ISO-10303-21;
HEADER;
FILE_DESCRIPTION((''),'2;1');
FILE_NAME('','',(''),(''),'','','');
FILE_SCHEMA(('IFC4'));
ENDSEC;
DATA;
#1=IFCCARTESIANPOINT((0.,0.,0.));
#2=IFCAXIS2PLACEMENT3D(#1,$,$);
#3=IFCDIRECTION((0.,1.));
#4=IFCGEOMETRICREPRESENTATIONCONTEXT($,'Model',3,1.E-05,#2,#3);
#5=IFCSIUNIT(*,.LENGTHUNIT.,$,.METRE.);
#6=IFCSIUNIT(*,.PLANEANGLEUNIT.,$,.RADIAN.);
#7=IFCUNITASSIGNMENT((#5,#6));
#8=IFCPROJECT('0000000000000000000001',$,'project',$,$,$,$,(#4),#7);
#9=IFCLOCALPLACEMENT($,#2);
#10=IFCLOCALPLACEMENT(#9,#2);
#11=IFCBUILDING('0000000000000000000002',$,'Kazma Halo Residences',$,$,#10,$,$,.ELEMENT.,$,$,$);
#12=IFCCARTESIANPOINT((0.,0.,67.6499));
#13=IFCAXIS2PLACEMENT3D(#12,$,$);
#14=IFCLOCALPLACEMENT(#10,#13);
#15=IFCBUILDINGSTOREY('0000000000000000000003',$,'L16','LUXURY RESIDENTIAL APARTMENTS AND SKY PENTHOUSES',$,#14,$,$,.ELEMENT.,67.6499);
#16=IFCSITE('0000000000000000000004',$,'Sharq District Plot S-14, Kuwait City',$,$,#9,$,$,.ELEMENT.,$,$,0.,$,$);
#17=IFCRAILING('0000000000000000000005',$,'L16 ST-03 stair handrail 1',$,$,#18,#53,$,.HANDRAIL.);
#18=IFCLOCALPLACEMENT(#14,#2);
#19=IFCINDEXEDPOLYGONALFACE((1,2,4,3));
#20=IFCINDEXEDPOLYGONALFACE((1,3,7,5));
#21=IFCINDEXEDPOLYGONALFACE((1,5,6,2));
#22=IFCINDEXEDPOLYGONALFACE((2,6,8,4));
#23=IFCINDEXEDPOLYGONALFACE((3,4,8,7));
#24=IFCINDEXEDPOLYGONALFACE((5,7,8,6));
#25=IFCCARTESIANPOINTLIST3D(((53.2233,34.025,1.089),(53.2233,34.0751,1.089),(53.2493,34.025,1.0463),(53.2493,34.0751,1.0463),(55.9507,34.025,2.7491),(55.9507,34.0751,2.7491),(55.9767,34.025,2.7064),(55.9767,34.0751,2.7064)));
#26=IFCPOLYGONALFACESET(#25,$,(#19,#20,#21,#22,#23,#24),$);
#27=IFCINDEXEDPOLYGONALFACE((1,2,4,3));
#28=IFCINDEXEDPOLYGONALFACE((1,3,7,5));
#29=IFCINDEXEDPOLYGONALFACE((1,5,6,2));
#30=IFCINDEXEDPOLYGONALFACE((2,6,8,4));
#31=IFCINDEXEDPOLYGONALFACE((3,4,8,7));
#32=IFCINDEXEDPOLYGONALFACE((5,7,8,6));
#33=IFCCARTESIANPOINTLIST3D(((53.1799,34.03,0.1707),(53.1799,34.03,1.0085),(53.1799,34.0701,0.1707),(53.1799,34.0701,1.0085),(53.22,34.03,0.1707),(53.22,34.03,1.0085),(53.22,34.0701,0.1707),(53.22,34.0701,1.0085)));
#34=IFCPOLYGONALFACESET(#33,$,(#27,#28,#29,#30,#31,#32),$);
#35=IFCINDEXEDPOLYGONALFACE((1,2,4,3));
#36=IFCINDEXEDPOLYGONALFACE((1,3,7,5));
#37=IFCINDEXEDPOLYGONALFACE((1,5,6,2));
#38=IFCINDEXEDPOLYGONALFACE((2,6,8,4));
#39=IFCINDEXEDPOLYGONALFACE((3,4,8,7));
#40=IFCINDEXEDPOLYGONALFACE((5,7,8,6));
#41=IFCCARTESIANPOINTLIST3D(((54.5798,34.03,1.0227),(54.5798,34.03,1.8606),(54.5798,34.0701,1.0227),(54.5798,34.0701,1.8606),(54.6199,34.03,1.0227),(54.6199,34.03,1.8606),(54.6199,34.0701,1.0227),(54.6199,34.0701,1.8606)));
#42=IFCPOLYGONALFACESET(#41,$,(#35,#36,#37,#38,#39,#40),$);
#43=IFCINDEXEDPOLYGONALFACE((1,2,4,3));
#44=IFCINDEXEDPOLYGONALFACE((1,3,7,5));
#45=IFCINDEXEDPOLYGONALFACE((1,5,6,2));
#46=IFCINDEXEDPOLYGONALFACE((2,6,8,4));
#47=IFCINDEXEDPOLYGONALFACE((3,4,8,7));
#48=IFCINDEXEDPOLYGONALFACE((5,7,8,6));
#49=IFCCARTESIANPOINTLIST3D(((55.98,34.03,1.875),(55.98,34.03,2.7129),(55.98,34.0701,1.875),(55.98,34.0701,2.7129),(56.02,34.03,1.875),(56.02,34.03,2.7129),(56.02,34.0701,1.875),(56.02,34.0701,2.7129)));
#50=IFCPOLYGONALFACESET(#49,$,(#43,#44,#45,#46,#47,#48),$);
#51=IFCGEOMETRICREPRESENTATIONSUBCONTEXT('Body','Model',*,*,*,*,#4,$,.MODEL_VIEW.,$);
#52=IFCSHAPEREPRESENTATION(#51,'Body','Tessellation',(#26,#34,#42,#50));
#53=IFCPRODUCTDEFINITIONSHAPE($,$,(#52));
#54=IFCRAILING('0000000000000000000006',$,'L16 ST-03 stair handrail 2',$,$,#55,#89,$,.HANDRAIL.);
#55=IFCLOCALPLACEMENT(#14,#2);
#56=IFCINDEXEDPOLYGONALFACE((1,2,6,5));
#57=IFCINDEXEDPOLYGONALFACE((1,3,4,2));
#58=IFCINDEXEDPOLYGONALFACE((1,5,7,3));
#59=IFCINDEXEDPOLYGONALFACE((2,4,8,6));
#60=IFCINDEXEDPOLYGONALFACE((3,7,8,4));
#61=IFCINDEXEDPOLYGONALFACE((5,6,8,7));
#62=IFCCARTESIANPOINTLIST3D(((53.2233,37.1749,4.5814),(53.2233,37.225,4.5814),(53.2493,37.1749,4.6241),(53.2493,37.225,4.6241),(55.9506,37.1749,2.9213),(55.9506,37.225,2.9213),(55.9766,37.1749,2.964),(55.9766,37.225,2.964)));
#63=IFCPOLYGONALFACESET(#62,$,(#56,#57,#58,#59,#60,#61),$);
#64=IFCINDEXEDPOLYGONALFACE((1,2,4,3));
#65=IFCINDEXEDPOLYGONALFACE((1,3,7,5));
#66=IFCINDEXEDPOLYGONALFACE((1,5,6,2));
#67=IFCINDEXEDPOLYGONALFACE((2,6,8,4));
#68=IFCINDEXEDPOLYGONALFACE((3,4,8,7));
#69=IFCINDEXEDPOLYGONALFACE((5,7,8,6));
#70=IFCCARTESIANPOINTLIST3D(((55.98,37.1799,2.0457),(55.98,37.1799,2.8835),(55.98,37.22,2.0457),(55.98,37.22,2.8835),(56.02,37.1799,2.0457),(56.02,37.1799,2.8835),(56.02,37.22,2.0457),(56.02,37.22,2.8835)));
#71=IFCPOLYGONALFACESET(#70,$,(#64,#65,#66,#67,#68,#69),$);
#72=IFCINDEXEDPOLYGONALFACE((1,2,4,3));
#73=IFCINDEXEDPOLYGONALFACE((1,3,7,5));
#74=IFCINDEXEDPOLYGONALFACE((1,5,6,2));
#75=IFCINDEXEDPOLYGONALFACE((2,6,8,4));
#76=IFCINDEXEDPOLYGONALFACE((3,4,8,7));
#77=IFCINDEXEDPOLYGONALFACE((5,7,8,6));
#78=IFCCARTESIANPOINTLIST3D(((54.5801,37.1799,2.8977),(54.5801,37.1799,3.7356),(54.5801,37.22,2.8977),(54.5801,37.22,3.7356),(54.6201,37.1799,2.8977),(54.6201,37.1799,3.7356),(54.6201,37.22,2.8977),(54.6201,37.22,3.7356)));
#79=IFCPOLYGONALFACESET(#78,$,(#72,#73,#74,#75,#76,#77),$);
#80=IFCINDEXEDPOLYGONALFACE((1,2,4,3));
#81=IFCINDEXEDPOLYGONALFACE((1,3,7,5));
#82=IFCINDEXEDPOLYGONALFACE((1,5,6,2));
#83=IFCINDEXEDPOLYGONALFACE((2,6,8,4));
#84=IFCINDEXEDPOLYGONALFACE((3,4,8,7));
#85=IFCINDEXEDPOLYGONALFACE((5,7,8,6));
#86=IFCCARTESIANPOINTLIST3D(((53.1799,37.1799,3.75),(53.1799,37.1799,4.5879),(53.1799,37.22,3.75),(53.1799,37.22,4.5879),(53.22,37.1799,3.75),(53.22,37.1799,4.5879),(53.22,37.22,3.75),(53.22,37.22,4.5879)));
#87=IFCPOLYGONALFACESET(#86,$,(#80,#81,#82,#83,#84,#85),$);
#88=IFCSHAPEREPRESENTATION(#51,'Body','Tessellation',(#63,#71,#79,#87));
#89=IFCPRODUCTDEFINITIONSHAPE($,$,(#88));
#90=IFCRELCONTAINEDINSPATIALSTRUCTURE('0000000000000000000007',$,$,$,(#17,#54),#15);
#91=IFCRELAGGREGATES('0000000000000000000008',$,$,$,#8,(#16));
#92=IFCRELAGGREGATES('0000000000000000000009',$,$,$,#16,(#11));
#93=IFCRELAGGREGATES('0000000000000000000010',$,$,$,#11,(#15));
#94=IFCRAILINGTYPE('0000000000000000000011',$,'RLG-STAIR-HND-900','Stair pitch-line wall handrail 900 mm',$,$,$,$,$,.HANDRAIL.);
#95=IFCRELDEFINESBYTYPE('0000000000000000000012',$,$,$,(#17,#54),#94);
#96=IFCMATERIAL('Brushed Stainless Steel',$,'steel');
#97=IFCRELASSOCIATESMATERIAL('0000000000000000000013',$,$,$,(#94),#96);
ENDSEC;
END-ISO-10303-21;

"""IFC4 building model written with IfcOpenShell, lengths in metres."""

from ifc_helpers import new_model, si_unit, direction, frame, origin, origin_2d, place, context, subcontext, project, spatial, rectangle, extrude, material, type_object, element, save


model = new_model("IFC4")

# Units and contexts
model_context = context("Model", 3, precision=1e-05, world=origin(), true_north=direction((0.0, 1.0)))
body_context = subcontext(model_context, "Body", "Model", "MODEL_VIEW")
ifc_project = project(units=[si_unit("LENGTHUNIT", "METRE"), si_unit("PLANEANGLEUNIT", "RADIAN")], contexts=[model_context])

# Site, building, storey
site_placement = place(None, origin())
site = spatial("IfcSite", under=ifc_project, at=site_placement, Name="Sharq District Plot S-14, Kuwait City", CompositionType="ELEMENT", RefElevation=0.0)
building_placement = place(site_placement, origin())
building = spatial("IfcBuilding", under=site, at=building_placement, Name="Kazma Halo Residences", CompositionType="ELEMENT")
storey_placement = place(building_placement, frame((0.0, 0.0, 67.6499)))
storey = spatial("IfcBuildingStorey", under=building, at=storey_placement, Name="L16", Description="LUXURY RESIDENTIAL APARTMENTS AND SKY PENTHOUSES", CompositionType="ELEMENT", Elevation=67.6499)

# Railings
ifc_material_1 = material(Name="Brushed Stainless Steel", Category="steel")
railing_type_1 = type_object("IfcRailingType", Name="RLG-STAIR-HND-900", Description="Stair pitch-line wall handrail 900 mm", PredefinedType="HANDRAIL", material=ifc_material_1)
railing_1_placement = place(storey_placement, frame((53.2, 34.05, 0.1707)))
element("IfcRailing", 1, at=railing_1_placement, inside=storey, type_object=railing_type_1, Name="L16 ST-03 stair handrail 1", PredefinedType="HANDRAIL", context=body_context, shape_type="SweptSolid", body=[
    extrude(rectangle(XDim=0.05, YDim=0.05, at=origin_2d()), frame((0.0364, 0.0, 0.897), z_axis=(0.854203, 0.0, 0.51994), x_axis=(0.0, 1.0, 0.0)), (0.0, 0.0, 1.0), 3.1929),
    extrude(rectangle(XDim=0.04, YDim=0.04, at=origin_2d()), origin(), (0.0, 0.0, 1.0), 0.8379),
    extrude(rectangle(XDim=0.04, YDim=0.04, at=origin_2d()), frame((1.3999, 0.0, 0.8521)), (0.0, 0.0, 1.0), 0.8379),
    extrude(rectangle(XDim=0.04, YDim=0.04, at=origin_2d()), frame((2.8, 0.0, 1.7043)), (0.0, 0.0, 1.0), 0.8379),
])
railing_2_placement = place(storey_placement, frame((56.0, 37.2, 2.0457)))
element("IfcRailing", 2, at=railing_2_placement, inside=storey, type_object=railing_type_1, Name="L16 ST-03 stair handrail 2", PredefinedType="HANDRAIL", context=body_context, shape_type="SweptSolid", body=[
    extrude(rectangle(XDim=0.05, YDim=0.05, at=origin_2d()), frame((-0.0364, 0.0, 0.897), z_axis=(-0.854203, 0.0, 0.51994), x_axis=(0.0, -1.0, 0.0)), (0.0, 0.0, 1.0), 3.1929),
    extrude(rectangle(XDim=0.04, YDim=0.04, at=origin_2d()), origin(), (0.0, 0.0, 1.0), 0.8379),
    extrude(rectangle(XDim=0.04, YDim=0.04, at=origin_2d()), frame((-1.3999, 0.0, 0.8521)), (0.0, 0.0, 1.0), 0.8379),
    extrude(rectangle(XDim=0.04, YDim=0.04, at=origin_2d()), frame((-2.8, 0.0, 1.7043)), (0.0, 0.0, 1.0), 0.8379),
])

save(model, "model.ifc")
